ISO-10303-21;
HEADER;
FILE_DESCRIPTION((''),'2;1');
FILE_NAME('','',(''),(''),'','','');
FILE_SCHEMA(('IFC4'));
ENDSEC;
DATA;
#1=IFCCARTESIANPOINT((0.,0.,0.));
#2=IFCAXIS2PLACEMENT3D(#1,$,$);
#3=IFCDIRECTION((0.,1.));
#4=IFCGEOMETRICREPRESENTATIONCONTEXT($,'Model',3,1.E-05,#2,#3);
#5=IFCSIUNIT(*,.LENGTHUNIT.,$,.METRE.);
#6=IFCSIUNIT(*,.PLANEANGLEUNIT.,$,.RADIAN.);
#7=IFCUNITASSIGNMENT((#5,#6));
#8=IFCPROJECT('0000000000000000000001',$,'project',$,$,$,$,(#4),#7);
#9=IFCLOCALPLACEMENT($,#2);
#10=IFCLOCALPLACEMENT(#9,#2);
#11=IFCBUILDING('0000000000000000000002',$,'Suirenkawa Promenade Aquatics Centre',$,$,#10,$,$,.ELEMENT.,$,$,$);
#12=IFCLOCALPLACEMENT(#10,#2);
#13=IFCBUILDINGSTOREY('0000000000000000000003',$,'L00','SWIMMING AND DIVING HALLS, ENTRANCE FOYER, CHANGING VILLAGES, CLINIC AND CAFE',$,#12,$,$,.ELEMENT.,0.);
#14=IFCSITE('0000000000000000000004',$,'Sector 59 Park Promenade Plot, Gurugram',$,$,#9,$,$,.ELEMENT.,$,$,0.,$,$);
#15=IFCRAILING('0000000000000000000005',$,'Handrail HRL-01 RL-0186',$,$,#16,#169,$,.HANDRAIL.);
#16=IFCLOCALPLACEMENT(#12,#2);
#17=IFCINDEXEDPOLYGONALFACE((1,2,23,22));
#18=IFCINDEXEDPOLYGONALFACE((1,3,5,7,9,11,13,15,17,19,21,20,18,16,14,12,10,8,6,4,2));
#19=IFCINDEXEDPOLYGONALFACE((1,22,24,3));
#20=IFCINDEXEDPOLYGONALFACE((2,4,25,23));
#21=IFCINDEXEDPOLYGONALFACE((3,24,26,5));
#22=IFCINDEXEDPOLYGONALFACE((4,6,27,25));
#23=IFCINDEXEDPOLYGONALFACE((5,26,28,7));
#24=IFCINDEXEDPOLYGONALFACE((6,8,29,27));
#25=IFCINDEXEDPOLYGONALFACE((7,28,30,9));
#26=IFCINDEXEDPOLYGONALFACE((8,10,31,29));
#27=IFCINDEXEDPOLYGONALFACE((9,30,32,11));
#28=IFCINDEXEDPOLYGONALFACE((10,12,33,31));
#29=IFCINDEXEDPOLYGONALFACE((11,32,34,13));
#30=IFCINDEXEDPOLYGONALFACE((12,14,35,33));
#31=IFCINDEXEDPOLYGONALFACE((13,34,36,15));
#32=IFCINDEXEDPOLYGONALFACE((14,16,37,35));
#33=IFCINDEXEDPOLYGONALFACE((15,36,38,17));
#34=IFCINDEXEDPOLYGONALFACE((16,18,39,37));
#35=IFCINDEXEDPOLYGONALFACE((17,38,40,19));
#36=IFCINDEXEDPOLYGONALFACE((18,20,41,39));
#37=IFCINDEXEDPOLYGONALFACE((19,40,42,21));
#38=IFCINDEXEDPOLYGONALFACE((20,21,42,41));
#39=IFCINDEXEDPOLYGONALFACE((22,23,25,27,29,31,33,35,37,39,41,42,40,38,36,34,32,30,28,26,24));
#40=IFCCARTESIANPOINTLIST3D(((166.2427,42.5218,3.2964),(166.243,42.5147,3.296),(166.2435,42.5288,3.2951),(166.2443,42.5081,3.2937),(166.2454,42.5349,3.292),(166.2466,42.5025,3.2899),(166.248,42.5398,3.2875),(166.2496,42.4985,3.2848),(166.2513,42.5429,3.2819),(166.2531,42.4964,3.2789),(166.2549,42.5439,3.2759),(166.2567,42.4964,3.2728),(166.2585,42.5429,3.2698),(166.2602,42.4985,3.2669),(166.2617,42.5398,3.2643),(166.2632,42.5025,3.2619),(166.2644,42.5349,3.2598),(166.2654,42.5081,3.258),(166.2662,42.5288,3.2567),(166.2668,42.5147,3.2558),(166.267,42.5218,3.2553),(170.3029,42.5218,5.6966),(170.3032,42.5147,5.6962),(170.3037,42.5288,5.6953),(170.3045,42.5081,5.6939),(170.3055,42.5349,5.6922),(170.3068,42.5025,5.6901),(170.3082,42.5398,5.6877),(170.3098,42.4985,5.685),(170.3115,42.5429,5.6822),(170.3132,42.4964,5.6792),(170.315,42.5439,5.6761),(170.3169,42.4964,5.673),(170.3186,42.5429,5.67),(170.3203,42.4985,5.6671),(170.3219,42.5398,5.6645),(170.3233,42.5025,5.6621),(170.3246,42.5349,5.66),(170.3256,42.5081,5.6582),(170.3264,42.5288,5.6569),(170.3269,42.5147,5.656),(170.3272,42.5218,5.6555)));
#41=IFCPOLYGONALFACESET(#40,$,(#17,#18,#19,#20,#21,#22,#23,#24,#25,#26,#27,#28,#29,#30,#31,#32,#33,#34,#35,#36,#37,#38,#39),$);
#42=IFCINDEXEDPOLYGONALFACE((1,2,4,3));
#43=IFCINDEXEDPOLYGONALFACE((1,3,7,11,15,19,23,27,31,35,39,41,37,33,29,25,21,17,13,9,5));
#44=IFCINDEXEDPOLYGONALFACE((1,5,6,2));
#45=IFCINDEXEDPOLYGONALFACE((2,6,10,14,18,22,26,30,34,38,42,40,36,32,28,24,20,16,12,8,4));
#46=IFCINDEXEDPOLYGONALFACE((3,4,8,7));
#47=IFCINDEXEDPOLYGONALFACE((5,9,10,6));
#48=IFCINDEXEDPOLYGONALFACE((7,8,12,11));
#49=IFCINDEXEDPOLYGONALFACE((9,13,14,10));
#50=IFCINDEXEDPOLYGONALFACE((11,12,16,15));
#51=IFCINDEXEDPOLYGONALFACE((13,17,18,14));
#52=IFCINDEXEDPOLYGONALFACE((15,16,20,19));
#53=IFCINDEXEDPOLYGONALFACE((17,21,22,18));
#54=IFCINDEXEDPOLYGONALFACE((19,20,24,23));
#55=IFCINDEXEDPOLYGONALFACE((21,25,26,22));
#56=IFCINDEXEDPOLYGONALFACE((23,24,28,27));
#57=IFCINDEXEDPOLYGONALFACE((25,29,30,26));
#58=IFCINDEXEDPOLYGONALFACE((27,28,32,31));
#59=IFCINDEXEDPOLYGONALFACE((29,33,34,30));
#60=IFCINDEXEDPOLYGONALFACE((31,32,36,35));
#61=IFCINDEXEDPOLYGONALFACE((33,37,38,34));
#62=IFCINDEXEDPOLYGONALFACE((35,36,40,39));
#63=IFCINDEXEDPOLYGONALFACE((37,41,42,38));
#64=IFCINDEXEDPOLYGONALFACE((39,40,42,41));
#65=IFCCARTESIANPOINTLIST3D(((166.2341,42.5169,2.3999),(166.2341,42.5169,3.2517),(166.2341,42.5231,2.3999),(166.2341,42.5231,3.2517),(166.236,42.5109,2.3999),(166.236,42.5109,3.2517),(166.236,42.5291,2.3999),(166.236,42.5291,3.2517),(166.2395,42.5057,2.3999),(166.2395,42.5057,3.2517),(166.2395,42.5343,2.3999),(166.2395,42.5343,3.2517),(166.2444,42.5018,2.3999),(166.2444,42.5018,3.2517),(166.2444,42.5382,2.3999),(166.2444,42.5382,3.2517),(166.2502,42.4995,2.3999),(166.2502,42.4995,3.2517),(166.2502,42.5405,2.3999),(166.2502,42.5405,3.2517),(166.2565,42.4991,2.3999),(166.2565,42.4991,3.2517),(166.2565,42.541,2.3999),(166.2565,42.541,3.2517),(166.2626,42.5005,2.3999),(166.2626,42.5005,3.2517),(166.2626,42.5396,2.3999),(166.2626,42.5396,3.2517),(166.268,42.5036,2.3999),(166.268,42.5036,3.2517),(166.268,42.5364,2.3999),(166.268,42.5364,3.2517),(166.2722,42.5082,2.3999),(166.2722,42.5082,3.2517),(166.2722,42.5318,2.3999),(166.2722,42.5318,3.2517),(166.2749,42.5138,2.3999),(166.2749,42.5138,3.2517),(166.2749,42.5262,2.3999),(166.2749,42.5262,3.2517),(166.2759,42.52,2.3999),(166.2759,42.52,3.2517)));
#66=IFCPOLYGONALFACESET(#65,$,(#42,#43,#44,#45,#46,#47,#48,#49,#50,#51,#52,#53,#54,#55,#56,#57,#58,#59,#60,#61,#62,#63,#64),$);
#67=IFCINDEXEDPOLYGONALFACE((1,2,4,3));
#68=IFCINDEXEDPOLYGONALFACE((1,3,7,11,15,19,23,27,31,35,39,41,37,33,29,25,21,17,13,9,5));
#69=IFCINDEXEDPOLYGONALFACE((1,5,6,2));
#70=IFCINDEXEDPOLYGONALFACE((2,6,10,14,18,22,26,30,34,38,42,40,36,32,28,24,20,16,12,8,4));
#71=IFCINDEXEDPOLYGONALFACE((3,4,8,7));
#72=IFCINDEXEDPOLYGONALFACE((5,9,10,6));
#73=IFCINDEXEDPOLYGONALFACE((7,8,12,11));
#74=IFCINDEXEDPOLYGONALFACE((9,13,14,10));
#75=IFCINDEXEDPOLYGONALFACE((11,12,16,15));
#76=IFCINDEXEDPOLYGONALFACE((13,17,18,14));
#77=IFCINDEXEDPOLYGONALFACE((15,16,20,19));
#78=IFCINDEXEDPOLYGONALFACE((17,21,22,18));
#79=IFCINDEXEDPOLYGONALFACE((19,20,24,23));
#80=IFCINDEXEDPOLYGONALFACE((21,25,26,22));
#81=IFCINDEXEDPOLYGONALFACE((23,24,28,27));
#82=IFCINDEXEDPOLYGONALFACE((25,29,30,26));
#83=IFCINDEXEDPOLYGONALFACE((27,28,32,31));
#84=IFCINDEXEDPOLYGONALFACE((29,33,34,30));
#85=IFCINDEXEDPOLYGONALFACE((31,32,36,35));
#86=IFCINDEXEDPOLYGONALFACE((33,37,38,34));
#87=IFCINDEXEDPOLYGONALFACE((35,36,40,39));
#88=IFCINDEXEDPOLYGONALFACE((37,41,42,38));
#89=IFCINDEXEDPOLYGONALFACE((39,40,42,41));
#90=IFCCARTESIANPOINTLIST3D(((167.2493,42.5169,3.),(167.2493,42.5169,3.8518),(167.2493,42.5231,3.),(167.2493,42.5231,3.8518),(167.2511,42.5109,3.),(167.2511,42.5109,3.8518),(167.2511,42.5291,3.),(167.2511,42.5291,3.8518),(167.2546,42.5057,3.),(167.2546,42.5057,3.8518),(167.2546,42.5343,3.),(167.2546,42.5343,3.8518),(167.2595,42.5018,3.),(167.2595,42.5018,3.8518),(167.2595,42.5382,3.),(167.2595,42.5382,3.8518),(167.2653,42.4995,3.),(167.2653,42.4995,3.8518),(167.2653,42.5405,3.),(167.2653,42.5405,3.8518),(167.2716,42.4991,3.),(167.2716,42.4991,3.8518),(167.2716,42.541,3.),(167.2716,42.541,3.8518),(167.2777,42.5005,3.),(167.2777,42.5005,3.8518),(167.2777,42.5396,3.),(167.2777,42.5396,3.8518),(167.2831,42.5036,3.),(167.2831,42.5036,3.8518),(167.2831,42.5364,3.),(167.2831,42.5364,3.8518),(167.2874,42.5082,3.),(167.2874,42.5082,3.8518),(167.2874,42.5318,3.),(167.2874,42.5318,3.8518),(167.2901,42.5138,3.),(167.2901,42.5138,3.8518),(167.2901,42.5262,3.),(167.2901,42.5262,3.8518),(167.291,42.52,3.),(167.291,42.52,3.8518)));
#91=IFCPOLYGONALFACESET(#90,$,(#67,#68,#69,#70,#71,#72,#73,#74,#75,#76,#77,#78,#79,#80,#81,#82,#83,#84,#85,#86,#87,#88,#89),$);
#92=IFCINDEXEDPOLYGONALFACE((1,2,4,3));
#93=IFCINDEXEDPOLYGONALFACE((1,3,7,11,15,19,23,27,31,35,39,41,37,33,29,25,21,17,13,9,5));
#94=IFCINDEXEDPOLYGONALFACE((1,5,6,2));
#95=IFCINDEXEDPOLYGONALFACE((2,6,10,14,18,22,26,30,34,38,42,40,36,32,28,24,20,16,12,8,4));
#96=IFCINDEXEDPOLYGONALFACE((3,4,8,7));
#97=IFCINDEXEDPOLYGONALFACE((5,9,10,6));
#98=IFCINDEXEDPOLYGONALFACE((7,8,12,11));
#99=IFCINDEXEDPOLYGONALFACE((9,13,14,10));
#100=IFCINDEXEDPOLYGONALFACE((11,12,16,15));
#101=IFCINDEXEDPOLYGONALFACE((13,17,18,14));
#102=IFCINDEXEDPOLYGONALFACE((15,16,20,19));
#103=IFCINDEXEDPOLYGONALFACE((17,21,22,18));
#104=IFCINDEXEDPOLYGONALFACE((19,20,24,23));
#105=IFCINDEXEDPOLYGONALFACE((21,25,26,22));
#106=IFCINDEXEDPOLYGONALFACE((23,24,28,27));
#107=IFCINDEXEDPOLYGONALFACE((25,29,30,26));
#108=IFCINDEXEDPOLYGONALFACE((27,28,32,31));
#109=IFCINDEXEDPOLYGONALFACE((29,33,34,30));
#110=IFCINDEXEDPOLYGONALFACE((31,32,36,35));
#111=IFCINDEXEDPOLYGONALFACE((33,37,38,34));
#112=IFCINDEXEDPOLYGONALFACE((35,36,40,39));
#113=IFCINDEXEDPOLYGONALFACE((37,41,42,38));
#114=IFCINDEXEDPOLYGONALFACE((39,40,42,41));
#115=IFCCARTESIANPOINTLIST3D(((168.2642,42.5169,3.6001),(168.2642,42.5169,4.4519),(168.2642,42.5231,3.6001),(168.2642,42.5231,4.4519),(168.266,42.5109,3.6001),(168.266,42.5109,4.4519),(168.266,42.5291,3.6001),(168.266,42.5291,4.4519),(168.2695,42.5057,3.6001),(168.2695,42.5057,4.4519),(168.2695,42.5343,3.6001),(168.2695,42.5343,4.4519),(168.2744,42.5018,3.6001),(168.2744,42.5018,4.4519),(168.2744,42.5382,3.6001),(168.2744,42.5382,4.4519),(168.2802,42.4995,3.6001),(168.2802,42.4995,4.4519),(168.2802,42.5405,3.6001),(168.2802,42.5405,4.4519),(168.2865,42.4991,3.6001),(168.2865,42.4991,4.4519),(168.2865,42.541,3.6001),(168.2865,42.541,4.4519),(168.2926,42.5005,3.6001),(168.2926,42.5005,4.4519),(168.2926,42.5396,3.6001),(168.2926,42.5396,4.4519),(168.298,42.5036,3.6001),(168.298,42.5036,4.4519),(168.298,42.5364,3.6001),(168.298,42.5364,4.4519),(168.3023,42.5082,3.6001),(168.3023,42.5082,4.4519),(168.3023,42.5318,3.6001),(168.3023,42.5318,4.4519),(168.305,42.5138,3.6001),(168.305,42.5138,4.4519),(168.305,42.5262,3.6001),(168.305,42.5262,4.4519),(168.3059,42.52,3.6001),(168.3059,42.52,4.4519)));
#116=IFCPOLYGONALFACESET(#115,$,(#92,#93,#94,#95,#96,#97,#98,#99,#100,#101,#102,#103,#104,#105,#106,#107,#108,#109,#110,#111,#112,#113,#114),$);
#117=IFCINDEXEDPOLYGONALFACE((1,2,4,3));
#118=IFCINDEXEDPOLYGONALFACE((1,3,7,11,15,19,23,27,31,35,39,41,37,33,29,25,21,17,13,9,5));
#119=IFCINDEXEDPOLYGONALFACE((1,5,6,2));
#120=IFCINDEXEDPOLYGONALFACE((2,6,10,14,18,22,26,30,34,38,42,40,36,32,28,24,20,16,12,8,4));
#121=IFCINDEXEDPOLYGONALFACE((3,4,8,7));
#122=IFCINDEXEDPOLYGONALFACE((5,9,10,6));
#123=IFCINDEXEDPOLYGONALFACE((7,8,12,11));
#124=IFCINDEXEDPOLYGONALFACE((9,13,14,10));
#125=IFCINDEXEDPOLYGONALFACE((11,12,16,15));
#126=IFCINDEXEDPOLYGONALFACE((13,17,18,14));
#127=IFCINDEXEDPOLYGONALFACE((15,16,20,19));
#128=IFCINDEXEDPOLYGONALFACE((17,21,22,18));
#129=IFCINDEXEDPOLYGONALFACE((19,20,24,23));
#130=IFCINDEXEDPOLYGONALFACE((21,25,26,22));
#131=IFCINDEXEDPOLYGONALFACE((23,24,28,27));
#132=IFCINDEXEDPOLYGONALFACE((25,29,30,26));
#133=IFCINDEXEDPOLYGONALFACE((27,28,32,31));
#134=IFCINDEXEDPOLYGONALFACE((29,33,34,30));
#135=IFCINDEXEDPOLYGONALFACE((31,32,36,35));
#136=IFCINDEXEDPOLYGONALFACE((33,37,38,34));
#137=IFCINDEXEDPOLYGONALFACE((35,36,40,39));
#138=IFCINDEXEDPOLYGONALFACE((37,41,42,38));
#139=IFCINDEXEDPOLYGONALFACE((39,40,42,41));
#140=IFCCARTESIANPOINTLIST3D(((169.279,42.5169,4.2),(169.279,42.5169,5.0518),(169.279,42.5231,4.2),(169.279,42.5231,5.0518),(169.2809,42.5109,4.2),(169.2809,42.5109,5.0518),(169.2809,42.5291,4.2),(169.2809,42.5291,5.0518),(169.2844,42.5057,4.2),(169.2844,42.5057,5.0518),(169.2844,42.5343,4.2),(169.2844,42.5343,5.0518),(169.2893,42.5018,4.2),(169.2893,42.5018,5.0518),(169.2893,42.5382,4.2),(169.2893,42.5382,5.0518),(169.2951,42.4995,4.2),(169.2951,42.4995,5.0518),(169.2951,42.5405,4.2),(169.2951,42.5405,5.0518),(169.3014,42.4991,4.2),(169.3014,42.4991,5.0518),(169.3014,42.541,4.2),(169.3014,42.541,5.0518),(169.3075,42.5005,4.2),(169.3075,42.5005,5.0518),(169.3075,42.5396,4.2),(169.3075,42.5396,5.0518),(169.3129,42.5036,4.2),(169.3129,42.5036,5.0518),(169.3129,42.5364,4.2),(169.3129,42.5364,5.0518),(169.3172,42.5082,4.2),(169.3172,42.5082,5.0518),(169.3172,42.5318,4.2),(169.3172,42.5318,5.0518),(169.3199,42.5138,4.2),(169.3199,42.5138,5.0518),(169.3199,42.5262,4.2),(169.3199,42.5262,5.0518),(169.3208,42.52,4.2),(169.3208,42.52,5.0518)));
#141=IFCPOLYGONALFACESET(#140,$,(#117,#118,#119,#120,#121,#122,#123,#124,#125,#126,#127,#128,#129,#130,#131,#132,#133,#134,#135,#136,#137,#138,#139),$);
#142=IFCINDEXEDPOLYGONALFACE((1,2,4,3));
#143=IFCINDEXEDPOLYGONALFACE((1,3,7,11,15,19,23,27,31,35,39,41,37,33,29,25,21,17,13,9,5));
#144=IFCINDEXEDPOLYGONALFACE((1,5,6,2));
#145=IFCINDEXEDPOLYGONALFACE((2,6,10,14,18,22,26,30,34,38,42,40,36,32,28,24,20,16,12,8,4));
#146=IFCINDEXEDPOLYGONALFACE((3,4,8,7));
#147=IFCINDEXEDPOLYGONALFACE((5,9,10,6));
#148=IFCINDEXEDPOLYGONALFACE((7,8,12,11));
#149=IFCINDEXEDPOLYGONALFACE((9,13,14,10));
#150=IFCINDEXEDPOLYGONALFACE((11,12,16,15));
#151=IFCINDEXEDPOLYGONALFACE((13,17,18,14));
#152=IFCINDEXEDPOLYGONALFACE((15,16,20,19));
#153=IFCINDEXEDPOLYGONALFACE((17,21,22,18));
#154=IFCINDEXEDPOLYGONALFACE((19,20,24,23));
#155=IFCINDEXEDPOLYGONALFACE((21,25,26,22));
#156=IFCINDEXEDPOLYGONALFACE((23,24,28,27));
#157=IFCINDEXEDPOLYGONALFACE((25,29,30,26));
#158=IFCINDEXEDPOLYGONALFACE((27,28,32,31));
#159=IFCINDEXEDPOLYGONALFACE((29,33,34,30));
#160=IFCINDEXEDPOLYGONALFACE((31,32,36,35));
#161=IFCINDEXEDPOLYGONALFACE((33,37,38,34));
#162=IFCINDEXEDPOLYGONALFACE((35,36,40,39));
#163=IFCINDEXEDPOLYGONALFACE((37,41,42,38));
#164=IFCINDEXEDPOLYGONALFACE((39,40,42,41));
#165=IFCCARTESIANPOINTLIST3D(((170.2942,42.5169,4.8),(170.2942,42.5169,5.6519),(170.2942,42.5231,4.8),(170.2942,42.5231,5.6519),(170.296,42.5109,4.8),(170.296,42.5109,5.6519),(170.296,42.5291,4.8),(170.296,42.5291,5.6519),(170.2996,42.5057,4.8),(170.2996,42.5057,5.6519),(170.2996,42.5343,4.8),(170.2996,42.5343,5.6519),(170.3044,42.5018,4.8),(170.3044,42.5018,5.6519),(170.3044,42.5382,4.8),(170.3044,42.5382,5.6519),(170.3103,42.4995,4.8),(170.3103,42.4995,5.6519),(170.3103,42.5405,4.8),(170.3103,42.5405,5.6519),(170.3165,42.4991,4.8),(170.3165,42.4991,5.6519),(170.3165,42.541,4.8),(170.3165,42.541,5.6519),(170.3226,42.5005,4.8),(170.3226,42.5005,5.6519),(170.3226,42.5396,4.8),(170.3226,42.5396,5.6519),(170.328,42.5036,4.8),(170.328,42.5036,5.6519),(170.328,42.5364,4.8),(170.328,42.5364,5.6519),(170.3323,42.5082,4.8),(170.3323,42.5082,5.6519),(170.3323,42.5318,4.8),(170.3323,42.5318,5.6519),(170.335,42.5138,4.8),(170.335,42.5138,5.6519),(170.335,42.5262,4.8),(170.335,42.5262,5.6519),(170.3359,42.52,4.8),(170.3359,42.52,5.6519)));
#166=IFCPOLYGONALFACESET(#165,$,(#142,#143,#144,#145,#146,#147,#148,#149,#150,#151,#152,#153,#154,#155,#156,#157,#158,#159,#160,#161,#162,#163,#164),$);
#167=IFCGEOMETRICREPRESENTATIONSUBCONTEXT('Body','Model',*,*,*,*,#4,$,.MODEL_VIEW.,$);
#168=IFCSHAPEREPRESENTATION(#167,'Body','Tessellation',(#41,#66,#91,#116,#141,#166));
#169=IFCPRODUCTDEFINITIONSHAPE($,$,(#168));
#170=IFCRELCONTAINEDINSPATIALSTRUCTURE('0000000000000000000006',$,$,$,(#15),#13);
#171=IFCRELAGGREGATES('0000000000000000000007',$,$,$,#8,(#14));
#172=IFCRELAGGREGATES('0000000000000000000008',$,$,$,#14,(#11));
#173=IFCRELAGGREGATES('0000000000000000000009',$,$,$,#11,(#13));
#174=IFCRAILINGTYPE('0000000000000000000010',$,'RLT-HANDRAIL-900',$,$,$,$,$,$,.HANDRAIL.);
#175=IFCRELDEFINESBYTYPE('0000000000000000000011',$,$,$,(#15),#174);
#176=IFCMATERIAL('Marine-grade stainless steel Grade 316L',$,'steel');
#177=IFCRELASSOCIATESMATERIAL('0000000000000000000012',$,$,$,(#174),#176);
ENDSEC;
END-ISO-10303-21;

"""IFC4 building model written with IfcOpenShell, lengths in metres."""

from ifc_helpers import new_model, si_unit, direction, frame, origin, origin_2d, place, context, subcontext, project, spatial, circle, extrude, material, type_object, element, save


model = new_model("IFC4")

# Units and contexts
model_context = context("Model", 3, precision=1e-05, world=origin(), true_north=direction((0.0, 1.0)))
body_context = subcontext(model_context, "Body", "Model", "MODEL_VIEW")
ifc_project = project(units=[si_unit("LENGTHUNIT", "METRE"), si_unit("PLANEANGLEUNIT", "RADIAN")], contexts=[model_context])

# Site, building, storey
site_placement = place(None, origin())
site = spatial("IfcSite", under=ifc_project, at=site_placement, Name="Sector 59 Park Promenade Plot, Gurugram", CompositionType="ELEMENT", RefElevation=0.0)
building_placement = place(site_placement, origin())
building = spatial("IfcBuilding", under=site, at=building_placement, Name="Suirenkawa Promenade Aquatics Centre", CompositionType="ELEMENT")
storey_placement = place(building_placement, origin())
storey = spatial("IfcBuildingStorey", under=building, at=storey_placement, Name="L00", Description="SWIMMING AND DIVING HALLS, ENTRANCE FOYER, CHANGING VILLAGES, CLINIC AND CAFE", CompositionType="ELEMENT", Elevation=0.0)

# Shared definitions
ifc_material_1 = material(Name="Marine-grade stainless steel Grade 316L", Category="steel")

# Railing
railing_type_1 = type_object("IfcRailingType", Name="RLT-HANDRAIL-900", PredefinedType="HANDRAIL", material=ifc_material_1)
for number, where, name in (
    (1, (166.2549, 42.52, 2.3999), "Handrail HRL-01 RL-0186"),
):
    element("IfcRailing", number, at=place(storey_placement, frame(where)), inside=storey, type_object=railing_type_1, Name=name, PredefinedType="HANDRAIL", context=body_context, shape_type="SweptSolid", body=[
        extrude(circle(Radius=0.0239, at=origin_2d()), frame((0.0, 0.0, 0.876), z_axis=(0.860832, 0.0, 0.50889), x_axis=(0.0, 1.0, 0.0)), (0.0, 0.0, 1.0), 4.7166),
        extrude(circle(Radius=0.021, at=origin_2d()), origin(), (0.0, 0.0, 1.0), 0.8518),
        extrude(circle(Radius=0.021, at=origin_2d()), frame((1.0151, 0.0, 0.6001)), (0.0, 0.0, 1.0), 0.8518),
        extrude(circle(Radius=0.021, at=origin_2d()), frame((2.03, 0.0, 1.2002)), (0.0, 0.0, 1.0), 0.8518),
        extrude(circle(Radius=0.021, at=origin_2d()), frame((3.0449, 0.0, 1.8)), (0.0, 0.0, 1.0), 0.8518),
        extrude(circle(Radius=0.021, at=origin_2d()), frame((4.0601, 0.0, 2.4001)), (0.0, 0.0, 1.0), 0.8518),
    ])

save(model, "model.ifc")
